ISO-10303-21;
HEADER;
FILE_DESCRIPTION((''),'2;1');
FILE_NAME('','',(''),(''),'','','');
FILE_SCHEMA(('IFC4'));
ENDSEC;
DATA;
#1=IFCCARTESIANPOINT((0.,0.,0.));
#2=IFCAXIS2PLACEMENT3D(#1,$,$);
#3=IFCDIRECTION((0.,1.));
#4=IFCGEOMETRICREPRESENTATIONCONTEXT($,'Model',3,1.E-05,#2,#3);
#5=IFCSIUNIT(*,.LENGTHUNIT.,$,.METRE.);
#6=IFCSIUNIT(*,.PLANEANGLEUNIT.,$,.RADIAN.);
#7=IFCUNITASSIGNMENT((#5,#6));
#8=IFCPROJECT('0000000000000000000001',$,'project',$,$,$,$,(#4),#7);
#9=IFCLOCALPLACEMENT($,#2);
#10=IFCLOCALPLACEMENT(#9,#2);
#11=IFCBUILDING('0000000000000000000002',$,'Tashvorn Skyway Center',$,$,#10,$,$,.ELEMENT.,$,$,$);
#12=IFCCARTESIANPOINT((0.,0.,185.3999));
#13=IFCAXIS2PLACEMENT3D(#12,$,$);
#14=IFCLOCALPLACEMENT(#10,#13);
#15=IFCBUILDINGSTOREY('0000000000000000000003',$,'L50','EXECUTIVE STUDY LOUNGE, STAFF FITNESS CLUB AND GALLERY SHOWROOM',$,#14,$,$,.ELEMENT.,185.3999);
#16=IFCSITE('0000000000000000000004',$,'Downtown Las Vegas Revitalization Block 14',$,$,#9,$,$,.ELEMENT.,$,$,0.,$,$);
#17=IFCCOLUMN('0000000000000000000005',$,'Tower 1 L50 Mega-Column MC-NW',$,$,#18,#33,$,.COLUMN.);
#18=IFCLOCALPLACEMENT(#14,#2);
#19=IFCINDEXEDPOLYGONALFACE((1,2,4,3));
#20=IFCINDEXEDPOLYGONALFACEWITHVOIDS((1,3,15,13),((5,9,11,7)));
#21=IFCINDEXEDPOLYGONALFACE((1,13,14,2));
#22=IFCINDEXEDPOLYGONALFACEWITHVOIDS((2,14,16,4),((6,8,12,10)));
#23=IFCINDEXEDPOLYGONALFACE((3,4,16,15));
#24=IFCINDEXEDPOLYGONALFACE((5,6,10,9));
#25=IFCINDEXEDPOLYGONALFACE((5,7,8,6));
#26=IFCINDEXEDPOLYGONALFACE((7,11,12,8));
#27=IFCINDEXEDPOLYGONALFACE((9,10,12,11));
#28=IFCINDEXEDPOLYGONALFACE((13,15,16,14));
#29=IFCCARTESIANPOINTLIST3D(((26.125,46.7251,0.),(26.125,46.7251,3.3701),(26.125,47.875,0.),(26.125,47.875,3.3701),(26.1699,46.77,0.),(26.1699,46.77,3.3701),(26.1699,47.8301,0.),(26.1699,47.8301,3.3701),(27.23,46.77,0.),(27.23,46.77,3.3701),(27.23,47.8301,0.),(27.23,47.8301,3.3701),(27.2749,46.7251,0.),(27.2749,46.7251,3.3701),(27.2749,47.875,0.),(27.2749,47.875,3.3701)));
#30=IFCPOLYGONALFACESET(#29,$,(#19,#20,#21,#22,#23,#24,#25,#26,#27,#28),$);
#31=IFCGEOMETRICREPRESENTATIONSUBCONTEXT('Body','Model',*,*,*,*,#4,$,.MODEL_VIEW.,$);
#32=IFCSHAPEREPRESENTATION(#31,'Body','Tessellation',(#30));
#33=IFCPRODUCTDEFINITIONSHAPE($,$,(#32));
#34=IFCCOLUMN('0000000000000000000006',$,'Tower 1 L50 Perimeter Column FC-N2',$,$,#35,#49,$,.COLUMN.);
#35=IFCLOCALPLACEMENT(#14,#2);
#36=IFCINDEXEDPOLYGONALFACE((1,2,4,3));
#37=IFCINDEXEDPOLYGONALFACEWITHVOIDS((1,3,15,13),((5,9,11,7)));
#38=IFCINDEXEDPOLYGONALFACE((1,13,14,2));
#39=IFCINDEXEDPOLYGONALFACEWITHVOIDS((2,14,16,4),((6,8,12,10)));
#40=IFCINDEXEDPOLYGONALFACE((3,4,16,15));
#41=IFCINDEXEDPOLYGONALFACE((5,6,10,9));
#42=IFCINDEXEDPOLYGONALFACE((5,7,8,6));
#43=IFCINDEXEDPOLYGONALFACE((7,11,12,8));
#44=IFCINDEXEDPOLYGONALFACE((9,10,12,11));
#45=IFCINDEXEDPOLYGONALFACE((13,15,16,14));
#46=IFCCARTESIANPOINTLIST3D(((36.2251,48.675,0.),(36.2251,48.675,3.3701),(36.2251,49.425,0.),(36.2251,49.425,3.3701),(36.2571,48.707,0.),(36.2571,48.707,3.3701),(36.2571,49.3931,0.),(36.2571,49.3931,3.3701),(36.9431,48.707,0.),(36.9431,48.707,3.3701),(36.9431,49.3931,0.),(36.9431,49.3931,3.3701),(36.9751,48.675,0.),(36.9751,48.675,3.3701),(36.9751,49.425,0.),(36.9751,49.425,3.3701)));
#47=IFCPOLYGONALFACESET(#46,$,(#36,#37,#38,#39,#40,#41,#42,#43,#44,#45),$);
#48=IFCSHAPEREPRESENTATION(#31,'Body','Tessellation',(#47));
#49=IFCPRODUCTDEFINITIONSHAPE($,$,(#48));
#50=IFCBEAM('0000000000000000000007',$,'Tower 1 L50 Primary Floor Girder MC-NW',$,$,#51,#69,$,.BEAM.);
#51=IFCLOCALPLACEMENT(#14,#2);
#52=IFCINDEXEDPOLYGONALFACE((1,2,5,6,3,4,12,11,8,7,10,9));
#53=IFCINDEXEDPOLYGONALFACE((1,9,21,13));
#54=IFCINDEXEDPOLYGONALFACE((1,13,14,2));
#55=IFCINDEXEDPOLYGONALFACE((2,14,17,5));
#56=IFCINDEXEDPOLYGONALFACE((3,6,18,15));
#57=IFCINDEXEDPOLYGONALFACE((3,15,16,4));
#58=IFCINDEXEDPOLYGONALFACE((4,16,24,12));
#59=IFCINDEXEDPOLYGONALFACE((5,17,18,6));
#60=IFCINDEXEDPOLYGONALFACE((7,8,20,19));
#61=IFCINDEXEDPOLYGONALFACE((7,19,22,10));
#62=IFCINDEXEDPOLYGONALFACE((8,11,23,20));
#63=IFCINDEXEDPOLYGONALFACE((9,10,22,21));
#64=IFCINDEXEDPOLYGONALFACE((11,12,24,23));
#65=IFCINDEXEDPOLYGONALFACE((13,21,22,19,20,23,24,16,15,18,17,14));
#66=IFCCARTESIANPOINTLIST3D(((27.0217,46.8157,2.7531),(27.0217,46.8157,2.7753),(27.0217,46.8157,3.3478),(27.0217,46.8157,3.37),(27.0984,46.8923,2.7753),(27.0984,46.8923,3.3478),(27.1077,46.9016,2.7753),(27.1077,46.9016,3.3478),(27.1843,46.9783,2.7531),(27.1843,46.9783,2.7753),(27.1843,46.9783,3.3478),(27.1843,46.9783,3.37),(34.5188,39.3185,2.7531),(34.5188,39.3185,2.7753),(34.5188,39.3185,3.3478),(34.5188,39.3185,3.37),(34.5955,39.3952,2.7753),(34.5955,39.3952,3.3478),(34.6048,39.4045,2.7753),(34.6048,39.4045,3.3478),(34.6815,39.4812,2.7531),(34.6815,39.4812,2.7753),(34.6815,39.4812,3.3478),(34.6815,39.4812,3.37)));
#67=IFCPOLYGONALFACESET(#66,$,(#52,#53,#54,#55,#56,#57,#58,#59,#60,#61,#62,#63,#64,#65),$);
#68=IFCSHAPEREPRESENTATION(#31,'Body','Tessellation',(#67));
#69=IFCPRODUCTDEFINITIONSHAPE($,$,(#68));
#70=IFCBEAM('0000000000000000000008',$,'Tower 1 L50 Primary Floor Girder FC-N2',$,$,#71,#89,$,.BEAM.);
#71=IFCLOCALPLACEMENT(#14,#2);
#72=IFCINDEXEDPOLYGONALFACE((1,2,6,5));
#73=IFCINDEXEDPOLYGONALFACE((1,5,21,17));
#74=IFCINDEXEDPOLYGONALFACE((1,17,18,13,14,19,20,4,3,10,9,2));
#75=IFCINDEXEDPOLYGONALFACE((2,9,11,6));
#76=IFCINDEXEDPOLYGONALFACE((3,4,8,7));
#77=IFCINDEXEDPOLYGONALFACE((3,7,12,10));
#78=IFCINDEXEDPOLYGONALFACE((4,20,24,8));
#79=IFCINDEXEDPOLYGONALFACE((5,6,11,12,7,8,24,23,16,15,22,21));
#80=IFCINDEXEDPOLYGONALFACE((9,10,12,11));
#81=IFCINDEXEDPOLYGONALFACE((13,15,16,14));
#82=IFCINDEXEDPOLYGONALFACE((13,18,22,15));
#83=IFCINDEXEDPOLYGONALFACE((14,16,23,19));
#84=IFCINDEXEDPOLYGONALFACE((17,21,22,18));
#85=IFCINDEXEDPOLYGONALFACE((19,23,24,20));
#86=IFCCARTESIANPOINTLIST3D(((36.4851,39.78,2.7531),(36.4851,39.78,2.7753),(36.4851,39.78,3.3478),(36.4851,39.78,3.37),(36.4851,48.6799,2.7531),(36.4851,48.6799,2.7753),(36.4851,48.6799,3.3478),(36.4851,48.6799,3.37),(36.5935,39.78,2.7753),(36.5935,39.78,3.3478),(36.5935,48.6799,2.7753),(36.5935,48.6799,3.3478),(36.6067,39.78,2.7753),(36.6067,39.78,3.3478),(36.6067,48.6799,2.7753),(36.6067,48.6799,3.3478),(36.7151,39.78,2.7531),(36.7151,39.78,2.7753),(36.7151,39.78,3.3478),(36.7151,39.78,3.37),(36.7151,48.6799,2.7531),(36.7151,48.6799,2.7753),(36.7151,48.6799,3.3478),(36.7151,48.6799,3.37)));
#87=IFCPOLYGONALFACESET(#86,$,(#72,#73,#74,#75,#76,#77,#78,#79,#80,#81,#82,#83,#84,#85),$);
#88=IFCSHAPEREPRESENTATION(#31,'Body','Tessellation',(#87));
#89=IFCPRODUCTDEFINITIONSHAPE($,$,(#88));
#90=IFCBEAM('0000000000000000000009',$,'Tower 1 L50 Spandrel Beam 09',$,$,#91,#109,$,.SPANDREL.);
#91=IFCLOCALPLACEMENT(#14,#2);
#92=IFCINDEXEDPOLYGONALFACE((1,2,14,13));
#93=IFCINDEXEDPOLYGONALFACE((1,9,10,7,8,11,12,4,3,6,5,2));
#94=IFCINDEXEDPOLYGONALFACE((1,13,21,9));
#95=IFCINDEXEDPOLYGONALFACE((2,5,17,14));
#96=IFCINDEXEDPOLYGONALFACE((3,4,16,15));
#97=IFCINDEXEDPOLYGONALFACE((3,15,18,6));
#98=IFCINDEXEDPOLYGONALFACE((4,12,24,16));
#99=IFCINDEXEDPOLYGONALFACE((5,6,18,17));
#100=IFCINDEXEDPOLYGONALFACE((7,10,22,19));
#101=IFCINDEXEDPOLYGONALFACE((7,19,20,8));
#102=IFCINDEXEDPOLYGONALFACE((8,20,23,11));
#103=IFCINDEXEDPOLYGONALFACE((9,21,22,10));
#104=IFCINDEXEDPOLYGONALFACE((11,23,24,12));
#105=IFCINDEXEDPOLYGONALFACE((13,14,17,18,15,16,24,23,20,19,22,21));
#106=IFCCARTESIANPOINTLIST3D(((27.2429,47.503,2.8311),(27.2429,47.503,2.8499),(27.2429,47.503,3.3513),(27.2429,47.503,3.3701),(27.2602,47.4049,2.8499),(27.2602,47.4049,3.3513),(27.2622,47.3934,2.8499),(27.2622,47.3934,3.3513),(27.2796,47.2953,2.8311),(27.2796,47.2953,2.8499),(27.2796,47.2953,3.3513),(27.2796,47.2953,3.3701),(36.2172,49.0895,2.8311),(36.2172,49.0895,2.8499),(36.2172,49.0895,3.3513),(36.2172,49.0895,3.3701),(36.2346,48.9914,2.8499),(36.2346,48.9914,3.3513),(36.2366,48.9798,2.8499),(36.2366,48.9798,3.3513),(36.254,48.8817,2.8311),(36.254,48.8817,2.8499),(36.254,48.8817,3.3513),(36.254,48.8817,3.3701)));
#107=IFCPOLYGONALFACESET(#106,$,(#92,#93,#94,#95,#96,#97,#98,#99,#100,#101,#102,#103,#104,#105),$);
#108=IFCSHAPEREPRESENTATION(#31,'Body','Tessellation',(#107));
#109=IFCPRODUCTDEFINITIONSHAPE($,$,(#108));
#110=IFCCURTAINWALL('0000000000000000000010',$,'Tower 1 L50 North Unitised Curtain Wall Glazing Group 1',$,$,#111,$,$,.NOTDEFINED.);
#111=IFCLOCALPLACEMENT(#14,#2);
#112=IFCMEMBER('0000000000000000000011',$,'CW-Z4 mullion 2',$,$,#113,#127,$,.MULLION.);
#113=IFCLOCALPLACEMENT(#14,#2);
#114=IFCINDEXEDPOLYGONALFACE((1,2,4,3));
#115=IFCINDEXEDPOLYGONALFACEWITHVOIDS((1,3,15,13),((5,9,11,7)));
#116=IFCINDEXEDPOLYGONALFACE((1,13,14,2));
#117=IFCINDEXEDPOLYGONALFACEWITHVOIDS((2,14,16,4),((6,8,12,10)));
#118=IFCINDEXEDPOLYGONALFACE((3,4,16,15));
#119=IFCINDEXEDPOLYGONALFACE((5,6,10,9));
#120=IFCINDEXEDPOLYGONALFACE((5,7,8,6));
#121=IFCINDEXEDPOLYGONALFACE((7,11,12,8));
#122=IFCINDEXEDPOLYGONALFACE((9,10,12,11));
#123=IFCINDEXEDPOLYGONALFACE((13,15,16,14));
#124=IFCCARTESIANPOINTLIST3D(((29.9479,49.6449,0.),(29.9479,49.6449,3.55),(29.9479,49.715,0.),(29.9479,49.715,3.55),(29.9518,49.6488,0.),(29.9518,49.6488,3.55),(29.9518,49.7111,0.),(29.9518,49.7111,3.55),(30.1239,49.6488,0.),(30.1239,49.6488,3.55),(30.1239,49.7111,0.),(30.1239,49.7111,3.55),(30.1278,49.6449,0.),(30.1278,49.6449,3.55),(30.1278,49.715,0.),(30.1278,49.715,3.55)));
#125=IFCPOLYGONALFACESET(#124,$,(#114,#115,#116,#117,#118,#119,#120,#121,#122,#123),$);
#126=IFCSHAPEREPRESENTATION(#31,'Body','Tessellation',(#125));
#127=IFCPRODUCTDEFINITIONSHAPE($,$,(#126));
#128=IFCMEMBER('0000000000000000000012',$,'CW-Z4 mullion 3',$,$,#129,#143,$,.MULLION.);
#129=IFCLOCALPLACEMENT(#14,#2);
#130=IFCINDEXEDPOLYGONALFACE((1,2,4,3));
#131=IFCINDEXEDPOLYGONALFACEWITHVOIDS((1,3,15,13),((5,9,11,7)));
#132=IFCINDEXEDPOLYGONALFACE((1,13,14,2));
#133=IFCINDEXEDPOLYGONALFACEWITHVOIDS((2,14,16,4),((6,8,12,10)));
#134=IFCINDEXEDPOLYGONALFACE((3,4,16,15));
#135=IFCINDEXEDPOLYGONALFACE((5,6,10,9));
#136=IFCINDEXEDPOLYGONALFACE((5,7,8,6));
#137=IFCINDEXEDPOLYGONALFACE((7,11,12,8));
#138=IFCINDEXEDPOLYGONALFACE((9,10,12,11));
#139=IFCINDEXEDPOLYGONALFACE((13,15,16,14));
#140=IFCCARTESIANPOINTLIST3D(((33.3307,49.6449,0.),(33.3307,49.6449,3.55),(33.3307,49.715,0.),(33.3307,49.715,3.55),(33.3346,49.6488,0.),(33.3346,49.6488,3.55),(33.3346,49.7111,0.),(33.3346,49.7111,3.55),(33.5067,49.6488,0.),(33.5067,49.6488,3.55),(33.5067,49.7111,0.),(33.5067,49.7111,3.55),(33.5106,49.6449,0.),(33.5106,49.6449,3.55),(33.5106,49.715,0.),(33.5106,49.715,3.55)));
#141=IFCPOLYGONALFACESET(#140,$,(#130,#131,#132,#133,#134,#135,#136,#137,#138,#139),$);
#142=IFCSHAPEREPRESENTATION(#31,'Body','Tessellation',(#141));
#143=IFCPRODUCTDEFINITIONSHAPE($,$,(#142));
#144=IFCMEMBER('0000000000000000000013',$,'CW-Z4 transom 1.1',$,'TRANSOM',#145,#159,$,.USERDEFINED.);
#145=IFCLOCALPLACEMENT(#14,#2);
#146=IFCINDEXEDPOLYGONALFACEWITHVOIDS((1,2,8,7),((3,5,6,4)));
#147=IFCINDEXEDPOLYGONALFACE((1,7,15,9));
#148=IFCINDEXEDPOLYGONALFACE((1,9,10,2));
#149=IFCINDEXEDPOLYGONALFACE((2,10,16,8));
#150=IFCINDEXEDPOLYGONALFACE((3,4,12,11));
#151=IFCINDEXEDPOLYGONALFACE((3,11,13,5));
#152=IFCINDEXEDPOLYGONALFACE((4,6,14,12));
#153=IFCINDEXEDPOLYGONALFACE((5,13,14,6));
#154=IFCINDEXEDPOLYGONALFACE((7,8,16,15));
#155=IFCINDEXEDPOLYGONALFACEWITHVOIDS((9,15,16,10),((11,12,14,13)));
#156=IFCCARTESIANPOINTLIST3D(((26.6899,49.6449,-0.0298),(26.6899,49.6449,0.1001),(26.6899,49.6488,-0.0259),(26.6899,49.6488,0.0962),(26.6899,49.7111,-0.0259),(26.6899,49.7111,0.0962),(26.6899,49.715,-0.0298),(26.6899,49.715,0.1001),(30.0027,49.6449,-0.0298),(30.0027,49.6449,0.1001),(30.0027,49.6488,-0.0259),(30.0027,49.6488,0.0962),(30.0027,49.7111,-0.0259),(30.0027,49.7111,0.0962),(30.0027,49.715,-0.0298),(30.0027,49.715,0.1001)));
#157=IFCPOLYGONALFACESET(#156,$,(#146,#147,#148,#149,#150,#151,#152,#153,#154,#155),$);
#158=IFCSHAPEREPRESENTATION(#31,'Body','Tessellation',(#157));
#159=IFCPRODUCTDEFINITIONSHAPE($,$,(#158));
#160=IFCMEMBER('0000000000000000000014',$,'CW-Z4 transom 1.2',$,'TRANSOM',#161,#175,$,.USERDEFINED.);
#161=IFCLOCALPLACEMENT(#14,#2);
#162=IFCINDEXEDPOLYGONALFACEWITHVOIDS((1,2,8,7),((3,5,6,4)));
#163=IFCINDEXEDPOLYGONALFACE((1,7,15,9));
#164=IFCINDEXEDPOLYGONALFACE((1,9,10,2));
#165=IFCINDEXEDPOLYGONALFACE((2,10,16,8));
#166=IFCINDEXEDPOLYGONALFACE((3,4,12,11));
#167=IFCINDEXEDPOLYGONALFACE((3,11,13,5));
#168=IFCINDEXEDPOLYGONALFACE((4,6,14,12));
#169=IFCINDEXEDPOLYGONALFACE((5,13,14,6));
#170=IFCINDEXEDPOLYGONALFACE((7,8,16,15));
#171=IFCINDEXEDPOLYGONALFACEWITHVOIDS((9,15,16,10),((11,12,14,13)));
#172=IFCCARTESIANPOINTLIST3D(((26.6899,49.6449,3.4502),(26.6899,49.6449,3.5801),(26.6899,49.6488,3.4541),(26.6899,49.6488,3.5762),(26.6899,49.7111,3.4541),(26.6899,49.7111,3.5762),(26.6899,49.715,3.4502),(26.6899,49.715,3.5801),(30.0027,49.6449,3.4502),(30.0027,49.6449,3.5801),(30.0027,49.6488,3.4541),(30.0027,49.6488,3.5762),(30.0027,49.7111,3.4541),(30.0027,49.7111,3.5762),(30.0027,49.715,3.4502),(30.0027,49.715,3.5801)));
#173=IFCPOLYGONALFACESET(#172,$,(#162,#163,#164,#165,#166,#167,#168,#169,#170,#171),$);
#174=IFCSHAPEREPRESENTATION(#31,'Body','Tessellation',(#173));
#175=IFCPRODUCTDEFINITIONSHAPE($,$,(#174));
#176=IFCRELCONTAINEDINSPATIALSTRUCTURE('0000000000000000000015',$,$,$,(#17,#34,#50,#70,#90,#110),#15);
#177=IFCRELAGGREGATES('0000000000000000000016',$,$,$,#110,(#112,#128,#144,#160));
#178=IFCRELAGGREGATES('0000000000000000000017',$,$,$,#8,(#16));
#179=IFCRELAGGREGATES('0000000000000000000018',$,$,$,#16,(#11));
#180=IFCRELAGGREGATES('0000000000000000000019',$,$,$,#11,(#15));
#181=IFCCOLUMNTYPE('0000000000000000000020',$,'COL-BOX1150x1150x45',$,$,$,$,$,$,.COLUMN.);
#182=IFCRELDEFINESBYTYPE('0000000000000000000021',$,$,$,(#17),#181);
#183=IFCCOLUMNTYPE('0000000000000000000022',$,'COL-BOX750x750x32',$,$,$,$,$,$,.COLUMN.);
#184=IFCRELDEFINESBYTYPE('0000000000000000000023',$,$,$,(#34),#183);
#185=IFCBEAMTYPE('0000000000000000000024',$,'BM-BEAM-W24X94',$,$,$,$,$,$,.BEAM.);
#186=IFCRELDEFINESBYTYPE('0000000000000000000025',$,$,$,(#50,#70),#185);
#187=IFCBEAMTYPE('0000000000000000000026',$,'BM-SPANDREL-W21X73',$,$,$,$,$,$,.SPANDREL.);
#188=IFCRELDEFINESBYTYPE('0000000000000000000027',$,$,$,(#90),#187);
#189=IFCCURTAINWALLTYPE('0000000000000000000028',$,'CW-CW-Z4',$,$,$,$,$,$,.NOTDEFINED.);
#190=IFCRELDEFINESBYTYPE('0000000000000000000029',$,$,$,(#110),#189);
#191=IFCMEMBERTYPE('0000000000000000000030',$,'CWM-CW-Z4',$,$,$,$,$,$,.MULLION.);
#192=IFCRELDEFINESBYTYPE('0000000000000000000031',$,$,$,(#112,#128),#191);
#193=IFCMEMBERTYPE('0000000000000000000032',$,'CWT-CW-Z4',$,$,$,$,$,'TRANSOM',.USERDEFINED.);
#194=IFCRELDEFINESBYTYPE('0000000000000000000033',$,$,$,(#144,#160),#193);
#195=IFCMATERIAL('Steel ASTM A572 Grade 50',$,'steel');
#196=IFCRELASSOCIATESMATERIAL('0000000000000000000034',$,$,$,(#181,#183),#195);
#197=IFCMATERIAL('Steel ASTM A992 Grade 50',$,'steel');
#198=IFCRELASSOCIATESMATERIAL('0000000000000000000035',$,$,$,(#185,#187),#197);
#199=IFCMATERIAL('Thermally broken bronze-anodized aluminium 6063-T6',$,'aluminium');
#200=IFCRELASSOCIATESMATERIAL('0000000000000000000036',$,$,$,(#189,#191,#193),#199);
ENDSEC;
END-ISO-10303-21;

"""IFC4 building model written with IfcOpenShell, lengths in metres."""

from ifc_helpers import new_model, si_unit, direction, frame, origin, origin_2d, place, context, subcontext, project, spatial, hollow_rectangle, i_section, extrude, material, material_profile, profile_set, type_object, element, aggregate, save


model = new_model("IFC4")

# Units and contexts
model_context = context("Model", 3, precision=1e-05, world=origin(), true_north=direction((0.0, 1.0)))
body_context = subcontext(model_context, "Body", "Model", "MODEL_VIEW")
ifc_project = project(units=[si_unit("LENGTHUNIT", "METRE"), si_unit("PLANEANGLEUNIT", "RADIAN")], contexts=[model_context])

# Site, building, storey
site_placement = place(None, origin())
site = spatial("IfcSite", under=ifc_project, at=site_placement, Name="Downtown Las Vegas Revitalization Block 14", CompositionType="ELEMENT", RefElevation=0.0)
building_placement = place(site_placement, origin())
building = spatial("IfcBuilding", under=site, at=building_placement, Name="Tashvorn Skyway Center", CompositionType="ELEMENT")
storey_placement = place(building_placement, frame((0.0, 0.0, 185.3999)))
storey = spatial("IfcBuildingStorey", under=building, at=storey_placement, Name="L50", Description="EXECUTIVE STUDY LOUNGE, STAFF FITNESS CLUB AND GALLERY SHOWROOM", CompositionType="ELEMENT", Elevation=185.3999)

# Columns
ifc_material_1 = material(Name="Steel ASTM A572 Grade 50", Category="steel")
ifc_material_profile_1 = material_profile(ifc_material_1, hollow_rectangle(XDim=1.1499, YDim=1.1499, WallThickness=0.0449, at=origin_2d()), Name="BOX1150x1150x45")
ifc_profile_set_1 = profile_set([ifc_material_profile_1], Name="Steel ASTM A572 Grade 50")
column_type_1 = type_object("IfcColumnType", Name="COL-BOX1150x1150x45", PredefinedType="COLUMN", material=ifc_profile_set_1)
column_1_placement = place(storey_placement, frame((26.7, 47.3, 0.0), z_axis=(0.0, 0.0, 1.0), x_axis=(1.0, 0.0, 0.0)))
element("IfcColumn", 1, at=column_1_placement, inside=storey, type_object=column_type_1, Name="Tower 1 L50 Mega-Column MC-NW", PredefinedType="COLUMN", context=body_context, shape_type="SweptSolid", body=[
    extrude(hollow_rectangle(XDim=1.1499, YDim=1.1499, WallThickness=0.0449, at=origin_2d()), origin(), (0.0, 0.0, 1.0), 3.3701),
])
ifc_material_profile_2 = material_profile(ifc_material_1, hollow_rectangle(XDim=0.75, YDim=0.75, WallThickness=0.032, at=origin_2d()), Name="BOX750x750x32")
ifc_profile_set_2 = profile_set([ifc_material_profile_2], Name="Steel ASTM A572 Grade 50")
column_type_2 = type_object("IfcColumnType", Name="COL-BOX750x750x32", PredefinedType="COLUMN", material=ifc_profile_set_2)
column_2_placement = place(storey_placement, frame((36.6001, 49.05, 0.0), z_axis=(0.0, 0.0, 1.0), x_axis=(1.0, 0.0, 0.0)))
element("IfcColumn", 2, at=column_2_placement, inside=storey, type_object=column_type_2, Name="Tower 1 L50 Perimeter Column FC-N2", PredefinedType="COLUMN", context=body_context, shape_type="SweptSolid", body=[
    extrude(hollow_rectangle(XDim=0.75, YDim=0.75, WallThickness=0.032, at=origin_2d()), origin(), (0.0, 0.0, 1.0), 3.3701),
])

# Beams
ifc_material_2 = material(Name="Steel ASTM A992 Grade 50", Category="steel")
ifc_material_profile_3 = material_profile(ifc_material_2, i_section(OverallWidth=0.23, OverallDepth=0.6169, WebThickness=0.0132, FlangeThickness=0.0222, at=origin_2d()), Name="W24X94")
ifc_profile_set_3 = profile_set([ifc_material_profile_3], Name="Steel ASTM A992 Grade 50")
beam_type_1 = type_object("IfcBeamType", Name="BM-BEAM-W24X94", PredefinedType="BEAM", material=ifc_profile_set_3)
beam_1_placement = place(storey_placement, frame((27.103, 46.897, 3.0615), z_axis=(0.707107, -0.707107, 0.0), x_axis=(0.707107, 0.707107, 0.0)))
element("IfcBeam", 3, at=beam_1_placement, inside=storey, type_object=beam_type_1, Name="Tower 1 L50 Primary Floor Girder MC-NW", PredefinedType="BEAM", context=body_context, shape_type="SweptSolid", body=[
    extrude(i_section(OverallWidth=0.23, OverallDepth=0.6169, WebThickness=0.0132, FlangeThickness=0.0222, at=origin_2d()), origin(), (0.0, 0.0, 1.0), 10.6025),
])
beam_2_placement = place(storey_placement, frame((36.6001, 48.6799, 3.0615), z_axis=(0.0, -1.0, 0.0), x_axis=(1.0, 0.0, 0.0)))
element("IfcBeam", 4, at=beam_2_placement, inside=storey, type_object=beam_type_1, Name="Tower 1 L50 Primary Floor Girder FC-N2", PredefinedType="BEAM", context=body_context, shape_type="SweptSolid", body=[
    extrude(i_section(OverallWidth=0.23, OverallDepth=0.6169, WebThickness=0.0132, FlangeThickness=0.0222, at=origin_2d()), origin(), (0.0, 0.0, 1.0), 8.8999),
])
ifc_material_profile_4 = material_profile(ifc_material_2, i_section(OverallWidth=0.2109, OverallDepth=0.5391, WebThickness=0.0117, FlangeThickness=0.0188, at=origin_2d()), Name="W21X73")
ifc_profile_set_4 = profile_set([ifc_material_profile_4], Name="Steel ASTM A992 Grade 50")
beam_type_2 = type_object("IfcBeamType", Name="BM-SPANDREL-W21X73", PredefinedType="SPANDREL", material=ifc_profile_set_4)
beam_3_placement = place(storey_placement, frame((36.2356, 48.9856, 3.1006), z_axis=(-0.984733, -0.174074, 0.0), x_axis=(0.174074, -0.984733, 0.0)))
element("IfcBeam", 5, at=beam_3_placement, inside=storey, type_object=beam_type_2, Name="Tower 1 L50 Spandrel Beam 09", PredefinedType="SPANDREL", context=body_context, shape_type="SweptSolid", body=[
    extrude(i_section(OverallWidth=0.2109, OverallDepth=0.5391, WebThickness=0.0117, FlangeThickness=0.0188, at=origin_2d()), origin(), (0.0, 0.0, 1.0), 9.1135),
])

# Curtain wall, members
ifc_material_3 = material(Name="Thermally broken bronze-anodized aluminium 6063-T6", Category="aluminium")
curtain_wall_type = type_object("IfcCurtainWallType", Name="CW-CW-Z4", PredefinedType="NOTDEFINED", material=ifc_material_3)
curtain_wall_placement = place(storey_placement, origin())
curtain_wall = element("IfcCurtainWall", 6, at=curtain_wall_placement, inside=storey, type_object=curtain_wall_type, Name="Tower 1 L50 North Unitised Curtain Wall Glazing Group 1", PredefinedType="NOTDEFINED")
ifc_material_profile_5 = material_profile(ifc_material_3, hollow_rectangle(XDim=0.0701, YDim=0.1799, WallThickness=0.0039, at=origin_2d()), Name="ALU-MULL-70x180")
ifc_profile_set_5 = profile_set([ifc_material_profile_5], Name="Thermally broken bronze-anodized aluminium 6063-T6")
member_type_1 = type_object("IfcMemberType", Name="CWM-CW-Z4", PredefinedType="MULLION", material=ifc_profile_set_5)
member_1_placement = place(storey_placement, frame((30.0378, 49.6799, 0.0), z_axis=(0.0, 0.0, 1.0), x_axis=(0.0, 1.0, 0.0)))
member_1 = element("IfcMember", 7, at=member_1_placement, type_object=member_type_1, Name="CW-Z4 mullion 2", PredefinedType="MULLION", context=body_context, shape_type="SweptSolid", body=[
    extrude(hollow_rectangle(XDim=0.0701, YDim=0.1799, WallThickness=0.0039, at=origin_2d()), origin(), (0.0, 0.0, 1.0), 3.55),
])
member_2_placement = place(storey_placement, frame((33.4207, 49.6799, 0.0), z_axis=(0.0, 0.0, 1.0), x_axis=(0.0, 1.0, 0.0)))
member_2 = element("IfcMember", 8, at=member_2_placement, type_object=member_type_1, Name="CW-Z4 mullion 3", PredefinedType="MULLION", context=body_context, shape_type="SweptSolid", body=[
    extrude(hollow_rectangle(XDim=0.0701, YDim=0.1799, WallThickness=0.0039, at=origin_2d()), origin(), (0.0, 0.0, 1.0), 3.55),
])
ifc_material_profile_6 = material_profile(ifc_material_3, hollow_rectangle(XDim=0.0701, YDim=0.1299, WallThickness=0.0039, at=origin_2d()), Name="ALU-TRAN-70x130")
ifc_profile_set_6 = profile_set([ifc_material_profile_6], Name="Thermally broken bronze-anodized aluminium 6063-T6")
member_type_2 = type_object("IfcMemberType", Name="CWT-CW-Z4", ElementType="TRANSOM", PredefinedType="USERDEFINED", material=ifc_profile_set_6)
member_3_placement = place(storey_placement, frame((26.6899, 49.6799, 0.0352), z_axis=(1.0, 0.0, 0.0), x_axis=(0.0, 1.0, 0.0)))
member_3 = element("IfcMember", 9, at=member_3_placement, type_object=member_type_2, Name="CW-Z4 transom 1.1", ObjectType="TRANSOM", PredefinedType="USERDEFINED", context=body_context, shape_type="SweptSolid", body=[
    extrude(hollow_rectangle(XDim=0.0701, YDim=0.1299, WallThickness=0.0039, at=origin_2d()), origin(), (0.0, 0.0, 1.0), 3.3127),
])
member_4_placement = place(storey_placement, frame((26.6899, 49.6799, 3.5151), z_axis=(1.0, 0.0, 0.0), x_axis=(0.0, 1.0, 0.0)))
member_4 = element("IfcMember", 10, at=member_4_placement, type_object=member_type_2, Name="CW-Z4 transom 1.2", ObjectType="TRANSOM", PredefinedType="USERDEFINED", context=body_context, shape_type="SweptSolid", body=[
    extrude(hollow_rectangle(XDim=0.0701, YDim=0.1299, WallThickness=0.0039, at=origin_2d()), origin(), (0.0, 0.0, 1.0), 3.3127),
])
aggregate(curtain_wall, [member_1, member_2, member_3, member_4])

save(model, "model.ifc")
